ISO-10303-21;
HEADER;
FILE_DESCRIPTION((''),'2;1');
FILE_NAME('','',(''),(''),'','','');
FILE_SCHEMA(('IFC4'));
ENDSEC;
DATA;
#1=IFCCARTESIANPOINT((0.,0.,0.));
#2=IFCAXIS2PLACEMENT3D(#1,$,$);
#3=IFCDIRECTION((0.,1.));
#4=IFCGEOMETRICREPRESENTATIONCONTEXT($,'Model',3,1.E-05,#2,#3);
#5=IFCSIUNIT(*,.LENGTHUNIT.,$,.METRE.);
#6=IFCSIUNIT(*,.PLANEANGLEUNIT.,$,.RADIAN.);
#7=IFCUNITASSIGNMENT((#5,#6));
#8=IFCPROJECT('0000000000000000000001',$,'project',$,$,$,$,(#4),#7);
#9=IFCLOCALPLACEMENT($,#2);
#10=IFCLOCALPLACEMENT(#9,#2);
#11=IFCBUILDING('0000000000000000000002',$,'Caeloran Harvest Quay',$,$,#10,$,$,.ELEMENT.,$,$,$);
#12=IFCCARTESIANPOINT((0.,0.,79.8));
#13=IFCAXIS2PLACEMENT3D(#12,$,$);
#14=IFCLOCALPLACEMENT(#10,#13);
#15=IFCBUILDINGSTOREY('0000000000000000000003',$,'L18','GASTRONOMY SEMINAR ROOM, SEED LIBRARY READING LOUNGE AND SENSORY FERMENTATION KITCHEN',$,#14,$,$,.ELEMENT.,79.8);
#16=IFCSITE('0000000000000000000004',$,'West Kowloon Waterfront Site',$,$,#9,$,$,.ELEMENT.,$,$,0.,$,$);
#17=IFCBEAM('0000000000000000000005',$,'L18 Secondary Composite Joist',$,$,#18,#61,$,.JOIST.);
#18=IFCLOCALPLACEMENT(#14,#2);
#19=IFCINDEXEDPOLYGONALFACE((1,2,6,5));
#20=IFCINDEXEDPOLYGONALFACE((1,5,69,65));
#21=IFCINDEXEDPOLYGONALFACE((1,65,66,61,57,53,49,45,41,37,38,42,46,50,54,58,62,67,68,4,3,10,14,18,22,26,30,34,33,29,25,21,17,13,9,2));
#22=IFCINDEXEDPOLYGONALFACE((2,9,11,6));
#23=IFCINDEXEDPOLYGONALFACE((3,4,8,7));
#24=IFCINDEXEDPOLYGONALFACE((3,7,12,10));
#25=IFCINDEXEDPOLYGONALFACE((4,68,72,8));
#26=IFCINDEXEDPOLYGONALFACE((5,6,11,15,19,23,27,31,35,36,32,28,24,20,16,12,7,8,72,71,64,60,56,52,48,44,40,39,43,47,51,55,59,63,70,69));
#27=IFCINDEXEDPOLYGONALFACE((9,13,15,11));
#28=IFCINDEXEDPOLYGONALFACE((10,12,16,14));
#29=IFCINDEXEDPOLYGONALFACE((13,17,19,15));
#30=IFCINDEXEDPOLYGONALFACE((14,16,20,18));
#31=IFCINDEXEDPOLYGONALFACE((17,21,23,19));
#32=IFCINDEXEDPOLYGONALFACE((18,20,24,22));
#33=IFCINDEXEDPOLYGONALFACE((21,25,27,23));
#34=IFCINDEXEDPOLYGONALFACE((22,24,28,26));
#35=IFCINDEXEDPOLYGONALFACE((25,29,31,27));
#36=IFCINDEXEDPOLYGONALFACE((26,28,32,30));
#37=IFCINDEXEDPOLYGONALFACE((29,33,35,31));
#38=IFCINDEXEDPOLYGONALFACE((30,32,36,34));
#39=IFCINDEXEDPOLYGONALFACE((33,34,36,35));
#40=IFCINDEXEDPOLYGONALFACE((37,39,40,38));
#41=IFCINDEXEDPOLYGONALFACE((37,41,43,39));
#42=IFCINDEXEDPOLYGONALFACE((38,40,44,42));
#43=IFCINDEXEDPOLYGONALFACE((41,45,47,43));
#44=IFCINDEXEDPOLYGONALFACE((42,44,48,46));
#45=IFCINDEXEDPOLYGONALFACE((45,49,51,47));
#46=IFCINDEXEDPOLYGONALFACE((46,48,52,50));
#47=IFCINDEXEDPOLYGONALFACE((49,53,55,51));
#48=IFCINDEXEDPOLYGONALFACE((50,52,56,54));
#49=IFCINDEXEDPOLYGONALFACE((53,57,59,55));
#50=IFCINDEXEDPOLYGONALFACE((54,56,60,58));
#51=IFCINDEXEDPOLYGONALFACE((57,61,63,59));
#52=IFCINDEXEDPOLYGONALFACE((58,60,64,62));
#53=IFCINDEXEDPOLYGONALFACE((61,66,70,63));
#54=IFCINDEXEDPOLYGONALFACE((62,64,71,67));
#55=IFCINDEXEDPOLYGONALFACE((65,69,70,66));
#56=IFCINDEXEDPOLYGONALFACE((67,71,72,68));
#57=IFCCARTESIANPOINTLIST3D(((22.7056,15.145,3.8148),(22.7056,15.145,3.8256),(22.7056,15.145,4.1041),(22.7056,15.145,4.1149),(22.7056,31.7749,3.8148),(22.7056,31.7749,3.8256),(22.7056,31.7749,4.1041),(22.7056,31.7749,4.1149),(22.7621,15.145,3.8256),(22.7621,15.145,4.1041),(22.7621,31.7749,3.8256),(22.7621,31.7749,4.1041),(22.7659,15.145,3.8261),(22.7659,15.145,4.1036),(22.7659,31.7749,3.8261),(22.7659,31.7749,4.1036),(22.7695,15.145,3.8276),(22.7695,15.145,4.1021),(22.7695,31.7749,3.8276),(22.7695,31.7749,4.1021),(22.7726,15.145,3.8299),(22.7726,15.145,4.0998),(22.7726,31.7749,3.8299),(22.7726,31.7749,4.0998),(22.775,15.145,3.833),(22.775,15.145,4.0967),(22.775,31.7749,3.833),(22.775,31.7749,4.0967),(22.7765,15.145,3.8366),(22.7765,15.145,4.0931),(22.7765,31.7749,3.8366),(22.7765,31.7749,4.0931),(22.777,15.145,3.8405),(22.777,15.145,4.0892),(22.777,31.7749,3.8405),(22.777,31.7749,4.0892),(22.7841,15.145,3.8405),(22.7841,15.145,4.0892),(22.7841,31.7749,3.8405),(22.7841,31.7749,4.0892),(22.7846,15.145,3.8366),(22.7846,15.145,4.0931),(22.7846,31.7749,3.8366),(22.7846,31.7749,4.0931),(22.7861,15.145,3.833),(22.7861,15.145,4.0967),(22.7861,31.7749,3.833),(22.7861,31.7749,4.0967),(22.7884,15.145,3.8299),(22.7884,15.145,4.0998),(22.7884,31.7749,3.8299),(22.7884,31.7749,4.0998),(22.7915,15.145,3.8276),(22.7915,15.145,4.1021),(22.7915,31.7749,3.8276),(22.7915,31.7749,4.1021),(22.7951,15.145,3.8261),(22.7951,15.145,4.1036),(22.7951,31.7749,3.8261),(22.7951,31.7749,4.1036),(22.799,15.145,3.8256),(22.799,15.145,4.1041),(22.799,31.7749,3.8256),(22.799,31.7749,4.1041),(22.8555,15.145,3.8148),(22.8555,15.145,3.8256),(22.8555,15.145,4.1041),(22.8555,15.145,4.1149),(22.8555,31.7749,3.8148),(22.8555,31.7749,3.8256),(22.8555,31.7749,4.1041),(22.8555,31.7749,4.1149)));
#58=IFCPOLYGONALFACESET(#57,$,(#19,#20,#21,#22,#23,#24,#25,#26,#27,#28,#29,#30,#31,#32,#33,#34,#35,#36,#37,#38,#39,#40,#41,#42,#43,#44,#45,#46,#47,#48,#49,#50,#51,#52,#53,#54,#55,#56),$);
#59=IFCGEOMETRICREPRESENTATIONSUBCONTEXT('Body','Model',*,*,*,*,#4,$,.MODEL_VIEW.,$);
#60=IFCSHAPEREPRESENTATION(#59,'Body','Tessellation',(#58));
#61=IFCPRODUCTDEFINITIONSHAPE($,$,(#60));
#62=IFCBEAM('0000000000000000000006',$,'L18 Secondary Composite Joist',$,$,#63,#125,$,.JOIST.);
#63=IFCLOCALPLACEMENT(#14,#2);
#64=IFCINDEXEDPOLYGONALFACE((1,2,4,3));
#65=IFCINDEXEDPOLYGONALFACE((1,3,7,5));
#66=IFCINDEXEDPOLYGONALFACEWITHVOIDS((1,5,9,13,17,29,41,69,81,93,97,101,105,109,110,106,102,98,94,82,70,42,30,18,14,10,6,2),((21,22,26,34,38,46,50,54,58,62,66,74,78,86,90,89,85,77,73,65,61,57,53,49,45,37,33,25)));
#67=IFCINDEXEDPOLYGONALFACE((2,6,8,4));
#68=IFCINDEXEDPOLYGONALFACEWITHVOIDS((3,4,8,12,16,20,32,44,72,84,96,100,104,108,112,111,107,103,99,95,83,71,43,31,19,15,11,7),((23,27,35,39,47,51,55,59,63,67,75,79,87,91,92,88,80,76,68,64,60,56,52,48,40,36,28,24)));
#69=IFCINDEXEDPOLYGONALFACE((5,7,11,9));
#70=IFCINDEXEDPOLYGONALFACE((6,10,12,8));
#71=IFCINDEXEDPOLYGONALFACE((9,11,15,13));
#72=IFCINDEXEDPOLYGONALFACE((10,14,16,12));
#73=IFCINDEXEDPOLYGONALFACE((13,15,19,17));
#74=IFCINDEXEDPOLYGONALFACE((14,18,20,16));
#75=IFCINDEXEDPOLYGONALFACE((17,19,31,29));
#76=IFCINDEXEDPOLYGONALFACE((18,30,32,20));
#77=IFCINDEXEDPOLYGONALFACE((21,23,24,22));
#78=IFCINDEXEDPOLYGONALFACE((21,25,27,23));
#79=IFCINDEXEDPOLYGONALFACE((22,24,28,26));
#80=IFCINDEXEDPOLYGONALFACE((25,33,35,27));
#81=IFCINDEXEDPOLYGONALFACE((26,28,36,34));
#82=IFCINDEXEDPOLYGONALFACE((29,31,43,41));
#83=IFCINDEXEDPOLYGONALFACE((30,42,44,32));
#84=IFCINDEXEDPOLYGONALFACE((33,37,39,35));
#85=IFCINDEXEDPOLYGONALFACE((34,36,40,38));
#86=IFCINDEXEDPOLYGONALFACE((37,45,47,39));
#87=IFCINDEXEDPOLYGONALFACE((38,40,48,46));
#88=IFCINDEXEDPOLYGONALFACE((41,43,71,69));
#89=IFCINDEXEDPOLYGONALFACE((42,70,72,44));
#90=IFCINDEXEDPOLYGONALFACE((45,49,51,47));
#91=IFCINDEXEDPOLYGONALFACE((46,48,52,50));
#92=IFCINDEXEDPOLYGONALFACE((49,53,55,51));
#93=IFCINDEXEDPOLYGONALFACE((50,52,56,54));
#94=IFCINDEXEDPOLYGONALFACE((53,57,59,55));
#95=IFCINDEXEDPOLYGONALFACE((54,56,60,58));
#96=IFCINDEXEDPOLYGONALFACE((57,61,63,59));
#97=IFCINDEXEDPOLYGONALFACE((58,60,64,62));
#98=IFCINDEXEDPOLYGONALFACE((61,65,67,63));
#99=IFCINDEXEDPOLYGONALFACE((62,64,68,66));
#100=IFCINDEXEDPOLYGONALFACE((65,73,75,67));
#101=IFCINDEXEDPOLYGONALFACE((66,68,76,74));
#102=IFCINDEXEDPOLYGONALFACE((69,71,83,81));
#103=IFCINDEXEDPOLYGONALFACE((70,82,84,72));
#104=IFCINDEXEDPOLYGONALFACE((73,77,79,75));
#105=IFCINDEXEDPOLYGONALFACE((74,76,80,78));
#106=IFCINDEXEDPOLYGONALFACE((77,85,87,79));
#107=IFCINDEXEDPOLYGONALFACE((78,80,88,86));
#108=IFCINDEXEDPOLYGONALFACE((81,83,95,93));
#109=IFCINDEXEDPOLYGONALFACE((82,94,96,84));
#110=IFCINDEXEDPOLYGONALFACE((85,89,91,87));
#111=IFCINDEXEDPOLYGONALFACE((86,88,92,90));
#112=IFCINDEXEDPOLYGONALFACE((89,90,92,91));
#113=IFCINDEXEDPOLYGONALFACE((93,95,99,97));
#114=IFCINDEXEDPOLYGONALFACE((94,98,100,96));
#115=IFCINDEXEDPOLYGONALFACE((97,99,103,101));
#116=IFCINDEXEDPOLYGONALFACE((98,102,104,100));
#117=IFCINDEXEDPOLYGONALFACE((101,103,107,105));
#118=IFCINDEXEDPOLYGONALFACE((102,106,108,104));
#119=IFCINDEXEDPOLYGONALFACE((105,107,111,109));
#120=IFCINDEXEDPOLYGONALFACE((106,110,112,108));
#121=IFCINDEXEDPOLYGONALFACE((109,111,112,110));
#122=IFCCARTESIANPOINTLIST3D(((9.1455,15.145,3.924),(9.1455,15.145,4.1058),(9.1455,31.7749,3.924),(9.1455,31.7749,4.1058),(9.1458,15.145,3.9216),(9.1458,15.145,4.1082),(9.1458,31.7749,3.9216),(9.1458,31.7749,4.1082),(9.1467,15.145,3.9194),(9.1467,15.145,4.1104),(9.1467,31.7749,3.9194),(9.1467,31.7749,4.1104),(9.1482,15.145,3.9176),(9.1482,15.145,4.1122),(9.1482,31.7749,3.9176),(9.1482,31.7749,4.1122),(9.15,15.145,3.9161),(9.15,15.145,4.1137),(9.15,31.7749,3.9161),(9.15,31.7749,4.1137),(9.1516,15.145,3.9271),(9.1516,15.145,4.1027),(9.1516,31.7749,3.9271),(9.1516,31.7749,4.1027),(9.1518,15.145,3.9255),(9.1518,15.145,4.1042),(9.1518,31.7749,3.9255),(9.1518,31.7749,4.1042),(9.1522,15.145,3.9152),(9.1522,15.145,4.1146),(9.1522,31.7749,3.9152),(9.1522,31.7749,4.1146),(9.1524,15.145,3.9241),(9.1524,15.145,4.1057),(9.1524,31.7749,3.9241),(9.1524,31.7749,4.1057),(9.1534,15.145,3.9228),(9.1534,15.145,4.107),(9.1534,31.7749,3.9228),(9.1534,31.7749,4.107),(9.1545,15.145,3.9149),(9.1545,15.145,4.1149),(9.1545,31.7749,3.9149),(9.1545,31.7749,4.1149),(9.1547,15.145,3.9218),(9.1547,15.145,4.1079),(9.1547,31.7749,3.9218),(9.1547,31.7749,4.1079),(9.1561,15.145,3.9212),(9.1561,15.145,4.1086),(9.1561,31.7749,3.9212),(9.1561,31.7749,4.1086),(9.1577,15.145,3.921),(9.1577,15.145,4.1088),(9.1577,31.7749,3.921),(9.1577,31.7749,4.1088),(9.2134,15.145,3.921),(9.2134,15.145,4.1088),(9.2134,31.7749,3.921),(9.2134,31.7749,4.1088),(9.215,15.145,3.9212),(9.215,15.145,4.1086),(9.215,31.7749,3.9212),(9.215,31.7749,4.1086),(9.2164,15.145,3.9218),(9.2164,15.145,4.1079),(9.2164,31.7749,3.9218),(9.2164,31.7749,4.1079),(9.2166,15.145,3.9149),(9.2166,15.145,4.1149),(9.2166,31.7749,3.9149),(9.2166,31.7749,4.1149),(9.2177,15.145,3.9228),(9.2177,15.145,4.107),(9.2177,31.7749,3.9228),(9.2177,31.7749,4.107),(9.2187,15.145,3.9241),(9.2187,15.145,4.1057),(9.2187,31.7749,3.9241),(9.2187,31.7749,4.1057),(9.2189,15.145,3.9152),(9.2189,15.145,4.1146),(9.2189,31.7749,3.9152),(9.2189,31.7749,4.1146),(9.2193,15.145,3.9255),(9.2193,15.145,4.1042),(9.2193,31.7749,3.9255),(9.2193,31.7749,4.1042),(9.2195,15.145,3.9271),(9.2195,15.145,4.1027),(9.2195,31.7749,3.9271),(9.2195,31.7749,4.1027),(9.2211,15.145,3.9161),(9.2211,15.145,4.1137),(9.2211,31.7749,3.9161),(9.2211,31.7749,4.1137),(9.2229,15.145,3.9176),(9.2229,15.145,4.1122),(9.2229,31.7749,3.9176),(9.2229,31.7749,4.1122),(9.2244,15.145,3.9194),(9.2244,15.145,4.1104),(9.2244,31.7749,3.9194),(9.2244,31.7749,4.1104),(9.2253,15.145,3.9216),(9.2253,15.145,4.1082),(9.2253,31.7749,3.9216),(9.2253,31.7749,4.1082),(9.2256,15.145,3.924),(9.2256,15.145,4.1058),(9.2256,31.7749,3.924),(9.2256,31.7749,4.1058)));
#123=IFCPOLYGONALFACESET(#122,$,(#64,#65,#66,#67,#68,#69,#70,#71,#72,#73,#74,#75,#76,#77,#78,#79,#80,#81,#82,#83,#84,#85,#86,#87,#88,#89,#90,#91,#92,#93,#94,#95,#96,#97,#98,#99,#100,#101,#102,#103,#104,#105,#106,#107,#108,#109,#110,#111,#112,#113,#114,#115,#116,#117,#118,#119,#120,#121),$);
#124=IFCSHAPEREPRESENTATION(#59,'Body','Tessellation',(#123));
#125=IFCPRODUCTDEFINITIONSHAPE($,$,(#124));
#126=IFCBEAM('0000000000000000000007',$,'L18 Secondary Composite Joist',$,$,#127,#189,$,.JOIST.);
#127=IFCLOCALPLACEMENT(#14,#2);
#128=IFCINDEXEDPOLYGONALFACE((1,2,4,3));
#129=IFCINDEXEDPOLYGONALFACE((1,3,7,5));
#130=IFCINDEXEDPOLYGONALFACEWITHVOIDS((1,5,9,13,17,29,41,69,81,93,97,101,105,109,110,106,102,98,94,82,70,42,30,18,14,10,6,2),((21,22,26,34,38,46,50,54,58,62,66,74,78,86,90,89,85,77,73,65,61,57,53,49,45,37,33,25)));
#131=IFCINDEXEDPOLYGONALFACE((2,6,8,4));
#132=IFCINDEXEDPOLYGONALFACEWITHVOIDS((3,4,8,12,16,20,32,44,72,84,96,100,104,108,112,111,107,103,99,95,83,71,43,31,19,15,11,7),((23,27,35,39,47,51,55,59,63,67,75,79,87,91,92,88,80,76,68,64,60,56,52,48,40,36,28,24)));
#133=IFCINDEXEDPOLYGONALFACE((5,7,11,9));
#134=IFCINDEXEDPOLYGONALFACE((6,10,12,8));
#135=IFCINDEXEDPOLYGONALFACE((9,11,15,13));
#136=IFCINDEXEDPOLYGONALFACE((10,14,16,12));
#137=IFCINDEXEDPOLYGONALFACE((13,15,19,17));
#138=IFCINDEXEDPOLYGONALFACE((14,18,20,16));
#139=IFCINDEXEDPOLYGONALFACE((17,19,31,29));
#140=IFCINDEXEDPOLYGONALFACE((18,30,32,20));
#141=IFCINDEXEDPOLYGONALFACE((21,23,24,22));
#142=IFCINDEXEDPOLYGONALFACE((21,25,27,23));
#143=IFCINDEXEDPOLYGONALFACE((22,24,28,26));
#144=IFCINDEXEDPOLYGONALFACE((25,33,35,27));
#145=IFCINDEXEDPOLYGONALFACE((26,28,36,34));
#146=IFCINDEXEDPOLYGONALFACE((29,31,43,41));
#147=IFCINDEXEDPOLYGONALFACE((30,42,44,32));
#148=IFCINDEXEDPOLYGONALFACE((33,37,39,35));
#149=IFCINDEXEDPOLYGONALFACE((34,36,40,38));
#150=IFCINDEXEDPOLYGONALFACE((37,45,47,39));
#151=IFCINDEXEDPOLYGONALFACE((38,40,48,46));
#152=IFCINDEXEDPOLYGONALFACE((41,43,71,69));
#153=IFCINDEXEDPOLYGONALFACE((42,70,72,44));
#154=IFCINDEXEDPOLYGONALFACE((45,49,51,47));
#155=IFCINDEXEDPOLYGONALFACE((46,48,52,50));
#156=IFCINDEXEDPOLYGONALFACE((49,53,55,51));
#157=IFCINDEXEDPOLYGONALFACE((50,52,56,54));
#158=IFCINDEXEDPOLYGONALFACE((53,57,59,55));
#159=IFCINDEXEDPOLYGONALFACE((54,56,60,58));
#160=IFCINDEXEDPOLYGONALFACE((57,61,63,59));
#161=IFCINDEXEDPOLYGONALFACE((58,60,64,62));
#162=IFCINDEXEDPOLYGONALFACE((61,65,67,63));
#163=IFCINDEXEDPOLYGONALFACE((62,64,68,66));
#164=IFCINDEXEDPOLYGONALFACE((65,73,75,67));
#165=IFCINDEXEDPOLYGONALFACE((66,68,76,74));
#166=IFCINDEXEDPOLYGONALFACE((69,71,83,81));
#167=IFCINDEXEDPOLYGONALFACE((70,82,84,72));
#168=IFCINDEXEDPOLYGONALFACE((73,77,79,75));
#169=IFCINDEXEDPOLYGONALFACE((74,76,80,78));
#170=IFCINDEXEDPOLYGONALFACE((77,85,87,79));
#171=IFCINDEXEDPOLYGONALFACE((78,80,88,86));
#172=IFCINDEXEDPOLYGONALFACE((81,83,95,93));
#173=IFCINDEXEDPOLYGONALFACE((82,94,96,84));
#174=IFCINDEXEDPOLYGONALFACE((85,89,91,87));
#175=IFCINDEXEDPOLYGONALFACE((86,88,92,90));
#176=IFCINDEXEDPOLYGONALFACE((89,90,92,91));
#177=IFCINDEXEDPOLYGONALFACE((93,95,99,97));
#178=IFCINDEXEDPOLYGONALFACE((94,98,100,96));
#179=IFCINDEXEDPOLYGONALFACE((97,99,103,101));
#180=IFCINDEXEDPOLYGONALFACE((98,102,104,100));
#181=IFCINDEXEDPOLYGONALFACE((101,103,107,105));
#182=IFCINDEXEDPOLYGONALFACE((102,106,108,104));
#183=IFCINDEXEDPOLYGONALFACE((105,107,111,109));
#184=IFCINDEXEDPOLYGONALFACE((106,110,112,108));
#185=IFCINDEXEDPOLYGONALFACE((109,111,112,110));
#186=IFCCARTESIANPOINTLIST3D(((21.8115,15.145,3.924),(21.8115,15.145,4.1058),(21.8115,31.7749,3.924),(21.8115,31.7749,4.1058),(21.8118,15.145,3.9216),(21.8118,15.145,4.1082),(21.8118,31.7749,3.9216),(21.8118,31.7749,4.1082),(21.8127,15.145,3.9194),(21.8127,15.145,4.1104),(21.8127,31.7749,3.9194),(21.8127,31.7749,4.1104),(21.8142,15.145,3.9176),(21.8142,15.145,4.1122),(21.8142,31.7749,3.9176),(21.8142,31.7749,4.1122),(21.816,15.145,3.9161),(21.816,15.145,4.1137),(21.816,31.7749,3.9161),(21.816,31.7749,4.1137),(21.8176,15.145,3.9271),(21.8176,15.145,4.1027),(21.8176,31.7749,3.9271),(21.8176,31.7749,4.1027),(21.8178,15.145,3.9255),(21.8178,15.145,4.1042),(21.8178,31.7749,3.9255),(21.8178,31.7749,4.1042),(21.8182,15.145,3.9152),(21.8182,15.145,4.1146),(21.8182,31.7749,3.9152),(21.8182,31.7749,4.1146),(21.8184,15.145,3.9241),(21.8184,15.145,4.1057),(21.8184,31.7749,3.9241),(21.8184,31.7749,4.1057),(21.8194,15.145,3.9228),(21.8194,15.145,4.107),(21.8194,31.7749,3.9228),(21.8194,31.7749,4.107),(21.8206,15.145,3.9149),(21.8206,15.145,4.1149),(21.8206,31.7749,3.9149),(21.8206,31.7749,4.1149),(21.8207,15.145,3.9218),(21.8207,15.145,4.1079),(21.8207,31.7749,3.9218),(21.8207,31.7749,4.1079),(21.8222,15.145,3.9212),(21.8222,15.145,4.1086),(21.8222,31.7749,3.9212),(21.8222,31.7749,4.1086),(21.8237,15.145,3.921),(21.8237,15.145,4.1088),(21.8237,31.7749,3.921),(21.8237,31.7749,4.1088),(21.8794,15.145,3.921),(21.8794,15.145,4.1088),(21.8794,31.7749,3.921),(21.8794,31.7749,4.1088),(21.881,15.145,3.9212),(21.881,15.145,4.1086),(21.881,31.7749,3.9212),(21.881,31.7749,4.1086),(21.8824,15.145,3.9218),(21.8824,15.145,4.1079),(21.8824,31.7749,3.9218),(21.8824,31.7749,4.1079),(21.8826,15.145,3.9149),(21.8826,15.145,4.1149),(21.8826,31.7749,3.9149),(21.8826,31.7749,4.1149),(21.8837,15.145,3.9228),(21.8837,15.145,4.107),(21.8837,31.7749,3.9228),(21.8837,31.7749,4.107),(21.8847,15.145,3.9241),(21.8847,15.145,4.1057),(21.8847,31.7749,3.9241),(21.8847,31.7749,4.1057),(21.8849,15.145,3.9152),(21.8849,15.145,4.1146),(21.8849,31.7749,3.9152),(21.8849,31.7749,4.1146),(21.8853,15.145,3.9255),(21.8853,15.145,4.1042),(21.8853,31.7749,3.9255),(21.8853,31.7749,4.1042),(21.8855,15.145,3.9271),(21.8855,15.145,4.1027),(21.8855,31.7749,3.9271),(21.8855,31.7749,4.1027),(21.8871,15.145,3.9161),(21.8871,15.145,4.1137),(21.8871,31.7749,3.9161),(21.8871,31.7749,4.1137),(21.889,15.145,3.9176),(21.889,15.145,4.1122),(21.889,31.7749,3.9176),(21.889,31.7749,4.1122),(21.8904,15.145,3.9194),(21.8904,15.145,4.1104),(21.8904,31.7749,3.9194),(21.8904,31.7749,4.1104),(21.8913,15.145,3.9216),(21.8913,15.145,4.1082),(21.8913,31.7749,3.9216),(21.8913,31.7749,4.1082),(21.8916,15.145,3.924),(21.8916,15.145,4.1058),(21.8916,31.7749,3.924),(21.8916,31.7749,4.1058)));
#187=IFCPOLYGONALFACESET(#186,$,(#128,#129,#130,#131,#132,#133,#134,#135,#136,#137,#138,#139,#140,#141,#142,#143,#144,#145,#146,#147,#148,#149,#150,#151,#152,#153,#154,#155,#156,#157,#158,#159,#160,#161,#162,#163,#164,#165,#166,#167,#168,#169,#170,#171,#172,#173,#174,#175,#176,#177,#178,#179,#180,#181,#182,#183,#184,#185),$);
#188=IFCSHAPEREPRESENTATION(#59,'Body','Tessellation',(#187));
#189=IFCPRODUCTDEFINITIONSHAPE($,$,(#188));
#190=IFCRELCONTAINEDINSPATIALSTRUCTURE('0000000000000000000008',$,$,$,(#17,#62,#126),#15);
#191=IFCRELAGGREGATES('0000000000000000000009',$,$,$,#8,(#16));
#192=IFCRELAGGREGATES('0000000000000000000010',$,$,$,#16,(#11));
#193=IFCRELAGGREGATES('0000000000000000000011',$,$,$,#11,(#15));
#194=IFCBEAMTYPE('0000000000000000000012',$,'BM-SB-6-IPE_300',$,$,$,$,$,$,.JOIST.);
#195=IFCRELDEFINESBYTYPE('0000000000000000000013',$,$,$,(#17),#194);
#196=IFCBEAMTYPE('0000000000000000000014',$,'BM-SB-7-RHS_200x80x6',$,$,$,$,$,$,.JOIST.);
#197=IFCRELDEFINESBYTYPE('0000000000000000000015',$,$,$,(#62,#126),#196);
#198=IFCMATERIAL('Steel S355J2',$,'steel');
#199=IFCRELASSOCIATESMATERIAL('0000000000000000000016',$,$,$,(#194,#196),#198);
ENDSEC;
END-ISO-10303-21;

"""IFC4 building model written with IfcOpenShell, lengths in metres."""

from ifc_helpers import new_model, si_unit, direction, frame, origin, origin_2d, place, context, subcontext, project, spatial, hollow_rectangle, i_section, extrude, material, material_profile, profile_set, type_object, element, save


model = new_model("IFC4")

# Units and contexts
model_context = context("Model", 3, precision=1e-05, world=origin(), true_north=direction((0.0, 1.0)))
body_context = subcontext(model_context, "Body", "Model", "MODEL_VIEW")
ifc_project = project(units=[si_unit("LENGTHUNIT", "METRE"), si_unit("PLANEANGLEUNIT", "RADIAN")], contexts=[model_context])

# Site, building, storey
site_placement = place(None, origin())
site = spatial("IfcSite", under=ifc_project, at=site_placement, Name="West Kowloon Waterfront Site", CompositionType="ELEMENT", RefElevation=0.0)
building_placement = place(site_placement, origin())
building = spatial("IfcBuilding", under=site, at=building_placement, Name="Caeloran Harvest Quay", CompositionType="ELEMENT")
storey_placement = place(building_placement, frame((0.0, 0.0, 79.8)))
storey = spatial("IfcBuildingStorey", under=building, at=storey_placement, Name="L18", Description="GASTRONOMY SEMINAR ROOM, SEED LIBRARY READING LOUNGE AND SENSORY FERMENTATION KITCHEN", CompositionType="ELEMENT", Elevation=79.8)

# Beams
ifc_material_1 = material(Name="Steel S355J2", Category="steel")
ifc_material_profile_1 = material_profile(ifc_material_1, i_section(OverallWidth=0.1499, OverallDepth=0.3, WebThickness=0.0071, FlangeThickness=0.0107, FilletRadius=0.0149, at=origin_2d()), Name="IPE 300")
ifc_profile_set_1 = profile_set([ifc_material_profile_1], Name="Steel S355J2")
beam_type_1 = type_object("IfcBeamType", Name="BM-SB-6-IPE_300", PredefinedType="JOIST", material=ifc_profile_set_1)
for number, where, z_axis, x_axis, name in (
    (1, (22.7805, 15.145, 3.9648), (0.0, 1.0, 0.0), (-1.0, 0.0, 0.0), "L18 Secondary Composite Joist"),
):
    element("IfcBeam", number, at=place(storey_placement, frame(where, z_axis=z_axis, x_axis=x_axis)), inside=storey, type_object=beam_type_1, Name=name, PredefinedType="JOIST", context=body_context, shape_type="SweptSolid", body=[
        extrude(i_section(OverallWidth=0.1499, OverallDepth=0.3, WebThickness=0.0071, FlangeThickness=0.0107, FilletRadius=0.0149, at=origin_2d()), origin(), (0.0, 0.0, 1.0), 16.6299),
    ])
ifc_material_profile_2 = material_profile(ifc_material_1, hollow_rectangle(XDim=0.0801, YDim=0.2, WallThickness=0.0061, InnerFilletRadius=0.0061, OuterFilletRadius=0.009, at=origin_2d()), Name="RHS 200x80x6")
ifc_profile_set_2 = profile_set([ifc_material_profile_2], Name="Steel S355J2")
beam_type_2 = type_object("IfcBeamType", Name="BM-SB-7-RHS_200x80x6", PredefinedType="JOIST", material=ifc_profile_set_2)
for number, where, z_axis, x_axis, name in (
    (2, (9.1855, 15.145, 4.0149), (0.0, 1.0, 0.0), (-1.0, 0.0, 0.0), "L18 Secondary Composite Joist"),
    (3, (21.8516, 15.145, 4.0149), (0.0, 1.0, 0.0), (-1.0, 0.0, 0.0), "L18 Secondary Composite Joist"),
):
    element("IfcBeam", number, at=place(storey_placement, frame(where, z_axis=z_axis, x_axis=x_axis)), inside=storey, type_object=beam_type_2, Name=name, PredefinedType="JOIST", context=body_context, shape_type="SweptSolid", body=[
        extrude(hollow_rectangle(XDim=0.0801, YDim=0.2, WallThickness=0.0061, InnerFilletRadius=0.0061, OuterFilletRadius=0.009, at=origin_2d()), origin(), (0.0, 0.0, 1.0), 16.6299),
    ])

save(model, "model.ifc")
